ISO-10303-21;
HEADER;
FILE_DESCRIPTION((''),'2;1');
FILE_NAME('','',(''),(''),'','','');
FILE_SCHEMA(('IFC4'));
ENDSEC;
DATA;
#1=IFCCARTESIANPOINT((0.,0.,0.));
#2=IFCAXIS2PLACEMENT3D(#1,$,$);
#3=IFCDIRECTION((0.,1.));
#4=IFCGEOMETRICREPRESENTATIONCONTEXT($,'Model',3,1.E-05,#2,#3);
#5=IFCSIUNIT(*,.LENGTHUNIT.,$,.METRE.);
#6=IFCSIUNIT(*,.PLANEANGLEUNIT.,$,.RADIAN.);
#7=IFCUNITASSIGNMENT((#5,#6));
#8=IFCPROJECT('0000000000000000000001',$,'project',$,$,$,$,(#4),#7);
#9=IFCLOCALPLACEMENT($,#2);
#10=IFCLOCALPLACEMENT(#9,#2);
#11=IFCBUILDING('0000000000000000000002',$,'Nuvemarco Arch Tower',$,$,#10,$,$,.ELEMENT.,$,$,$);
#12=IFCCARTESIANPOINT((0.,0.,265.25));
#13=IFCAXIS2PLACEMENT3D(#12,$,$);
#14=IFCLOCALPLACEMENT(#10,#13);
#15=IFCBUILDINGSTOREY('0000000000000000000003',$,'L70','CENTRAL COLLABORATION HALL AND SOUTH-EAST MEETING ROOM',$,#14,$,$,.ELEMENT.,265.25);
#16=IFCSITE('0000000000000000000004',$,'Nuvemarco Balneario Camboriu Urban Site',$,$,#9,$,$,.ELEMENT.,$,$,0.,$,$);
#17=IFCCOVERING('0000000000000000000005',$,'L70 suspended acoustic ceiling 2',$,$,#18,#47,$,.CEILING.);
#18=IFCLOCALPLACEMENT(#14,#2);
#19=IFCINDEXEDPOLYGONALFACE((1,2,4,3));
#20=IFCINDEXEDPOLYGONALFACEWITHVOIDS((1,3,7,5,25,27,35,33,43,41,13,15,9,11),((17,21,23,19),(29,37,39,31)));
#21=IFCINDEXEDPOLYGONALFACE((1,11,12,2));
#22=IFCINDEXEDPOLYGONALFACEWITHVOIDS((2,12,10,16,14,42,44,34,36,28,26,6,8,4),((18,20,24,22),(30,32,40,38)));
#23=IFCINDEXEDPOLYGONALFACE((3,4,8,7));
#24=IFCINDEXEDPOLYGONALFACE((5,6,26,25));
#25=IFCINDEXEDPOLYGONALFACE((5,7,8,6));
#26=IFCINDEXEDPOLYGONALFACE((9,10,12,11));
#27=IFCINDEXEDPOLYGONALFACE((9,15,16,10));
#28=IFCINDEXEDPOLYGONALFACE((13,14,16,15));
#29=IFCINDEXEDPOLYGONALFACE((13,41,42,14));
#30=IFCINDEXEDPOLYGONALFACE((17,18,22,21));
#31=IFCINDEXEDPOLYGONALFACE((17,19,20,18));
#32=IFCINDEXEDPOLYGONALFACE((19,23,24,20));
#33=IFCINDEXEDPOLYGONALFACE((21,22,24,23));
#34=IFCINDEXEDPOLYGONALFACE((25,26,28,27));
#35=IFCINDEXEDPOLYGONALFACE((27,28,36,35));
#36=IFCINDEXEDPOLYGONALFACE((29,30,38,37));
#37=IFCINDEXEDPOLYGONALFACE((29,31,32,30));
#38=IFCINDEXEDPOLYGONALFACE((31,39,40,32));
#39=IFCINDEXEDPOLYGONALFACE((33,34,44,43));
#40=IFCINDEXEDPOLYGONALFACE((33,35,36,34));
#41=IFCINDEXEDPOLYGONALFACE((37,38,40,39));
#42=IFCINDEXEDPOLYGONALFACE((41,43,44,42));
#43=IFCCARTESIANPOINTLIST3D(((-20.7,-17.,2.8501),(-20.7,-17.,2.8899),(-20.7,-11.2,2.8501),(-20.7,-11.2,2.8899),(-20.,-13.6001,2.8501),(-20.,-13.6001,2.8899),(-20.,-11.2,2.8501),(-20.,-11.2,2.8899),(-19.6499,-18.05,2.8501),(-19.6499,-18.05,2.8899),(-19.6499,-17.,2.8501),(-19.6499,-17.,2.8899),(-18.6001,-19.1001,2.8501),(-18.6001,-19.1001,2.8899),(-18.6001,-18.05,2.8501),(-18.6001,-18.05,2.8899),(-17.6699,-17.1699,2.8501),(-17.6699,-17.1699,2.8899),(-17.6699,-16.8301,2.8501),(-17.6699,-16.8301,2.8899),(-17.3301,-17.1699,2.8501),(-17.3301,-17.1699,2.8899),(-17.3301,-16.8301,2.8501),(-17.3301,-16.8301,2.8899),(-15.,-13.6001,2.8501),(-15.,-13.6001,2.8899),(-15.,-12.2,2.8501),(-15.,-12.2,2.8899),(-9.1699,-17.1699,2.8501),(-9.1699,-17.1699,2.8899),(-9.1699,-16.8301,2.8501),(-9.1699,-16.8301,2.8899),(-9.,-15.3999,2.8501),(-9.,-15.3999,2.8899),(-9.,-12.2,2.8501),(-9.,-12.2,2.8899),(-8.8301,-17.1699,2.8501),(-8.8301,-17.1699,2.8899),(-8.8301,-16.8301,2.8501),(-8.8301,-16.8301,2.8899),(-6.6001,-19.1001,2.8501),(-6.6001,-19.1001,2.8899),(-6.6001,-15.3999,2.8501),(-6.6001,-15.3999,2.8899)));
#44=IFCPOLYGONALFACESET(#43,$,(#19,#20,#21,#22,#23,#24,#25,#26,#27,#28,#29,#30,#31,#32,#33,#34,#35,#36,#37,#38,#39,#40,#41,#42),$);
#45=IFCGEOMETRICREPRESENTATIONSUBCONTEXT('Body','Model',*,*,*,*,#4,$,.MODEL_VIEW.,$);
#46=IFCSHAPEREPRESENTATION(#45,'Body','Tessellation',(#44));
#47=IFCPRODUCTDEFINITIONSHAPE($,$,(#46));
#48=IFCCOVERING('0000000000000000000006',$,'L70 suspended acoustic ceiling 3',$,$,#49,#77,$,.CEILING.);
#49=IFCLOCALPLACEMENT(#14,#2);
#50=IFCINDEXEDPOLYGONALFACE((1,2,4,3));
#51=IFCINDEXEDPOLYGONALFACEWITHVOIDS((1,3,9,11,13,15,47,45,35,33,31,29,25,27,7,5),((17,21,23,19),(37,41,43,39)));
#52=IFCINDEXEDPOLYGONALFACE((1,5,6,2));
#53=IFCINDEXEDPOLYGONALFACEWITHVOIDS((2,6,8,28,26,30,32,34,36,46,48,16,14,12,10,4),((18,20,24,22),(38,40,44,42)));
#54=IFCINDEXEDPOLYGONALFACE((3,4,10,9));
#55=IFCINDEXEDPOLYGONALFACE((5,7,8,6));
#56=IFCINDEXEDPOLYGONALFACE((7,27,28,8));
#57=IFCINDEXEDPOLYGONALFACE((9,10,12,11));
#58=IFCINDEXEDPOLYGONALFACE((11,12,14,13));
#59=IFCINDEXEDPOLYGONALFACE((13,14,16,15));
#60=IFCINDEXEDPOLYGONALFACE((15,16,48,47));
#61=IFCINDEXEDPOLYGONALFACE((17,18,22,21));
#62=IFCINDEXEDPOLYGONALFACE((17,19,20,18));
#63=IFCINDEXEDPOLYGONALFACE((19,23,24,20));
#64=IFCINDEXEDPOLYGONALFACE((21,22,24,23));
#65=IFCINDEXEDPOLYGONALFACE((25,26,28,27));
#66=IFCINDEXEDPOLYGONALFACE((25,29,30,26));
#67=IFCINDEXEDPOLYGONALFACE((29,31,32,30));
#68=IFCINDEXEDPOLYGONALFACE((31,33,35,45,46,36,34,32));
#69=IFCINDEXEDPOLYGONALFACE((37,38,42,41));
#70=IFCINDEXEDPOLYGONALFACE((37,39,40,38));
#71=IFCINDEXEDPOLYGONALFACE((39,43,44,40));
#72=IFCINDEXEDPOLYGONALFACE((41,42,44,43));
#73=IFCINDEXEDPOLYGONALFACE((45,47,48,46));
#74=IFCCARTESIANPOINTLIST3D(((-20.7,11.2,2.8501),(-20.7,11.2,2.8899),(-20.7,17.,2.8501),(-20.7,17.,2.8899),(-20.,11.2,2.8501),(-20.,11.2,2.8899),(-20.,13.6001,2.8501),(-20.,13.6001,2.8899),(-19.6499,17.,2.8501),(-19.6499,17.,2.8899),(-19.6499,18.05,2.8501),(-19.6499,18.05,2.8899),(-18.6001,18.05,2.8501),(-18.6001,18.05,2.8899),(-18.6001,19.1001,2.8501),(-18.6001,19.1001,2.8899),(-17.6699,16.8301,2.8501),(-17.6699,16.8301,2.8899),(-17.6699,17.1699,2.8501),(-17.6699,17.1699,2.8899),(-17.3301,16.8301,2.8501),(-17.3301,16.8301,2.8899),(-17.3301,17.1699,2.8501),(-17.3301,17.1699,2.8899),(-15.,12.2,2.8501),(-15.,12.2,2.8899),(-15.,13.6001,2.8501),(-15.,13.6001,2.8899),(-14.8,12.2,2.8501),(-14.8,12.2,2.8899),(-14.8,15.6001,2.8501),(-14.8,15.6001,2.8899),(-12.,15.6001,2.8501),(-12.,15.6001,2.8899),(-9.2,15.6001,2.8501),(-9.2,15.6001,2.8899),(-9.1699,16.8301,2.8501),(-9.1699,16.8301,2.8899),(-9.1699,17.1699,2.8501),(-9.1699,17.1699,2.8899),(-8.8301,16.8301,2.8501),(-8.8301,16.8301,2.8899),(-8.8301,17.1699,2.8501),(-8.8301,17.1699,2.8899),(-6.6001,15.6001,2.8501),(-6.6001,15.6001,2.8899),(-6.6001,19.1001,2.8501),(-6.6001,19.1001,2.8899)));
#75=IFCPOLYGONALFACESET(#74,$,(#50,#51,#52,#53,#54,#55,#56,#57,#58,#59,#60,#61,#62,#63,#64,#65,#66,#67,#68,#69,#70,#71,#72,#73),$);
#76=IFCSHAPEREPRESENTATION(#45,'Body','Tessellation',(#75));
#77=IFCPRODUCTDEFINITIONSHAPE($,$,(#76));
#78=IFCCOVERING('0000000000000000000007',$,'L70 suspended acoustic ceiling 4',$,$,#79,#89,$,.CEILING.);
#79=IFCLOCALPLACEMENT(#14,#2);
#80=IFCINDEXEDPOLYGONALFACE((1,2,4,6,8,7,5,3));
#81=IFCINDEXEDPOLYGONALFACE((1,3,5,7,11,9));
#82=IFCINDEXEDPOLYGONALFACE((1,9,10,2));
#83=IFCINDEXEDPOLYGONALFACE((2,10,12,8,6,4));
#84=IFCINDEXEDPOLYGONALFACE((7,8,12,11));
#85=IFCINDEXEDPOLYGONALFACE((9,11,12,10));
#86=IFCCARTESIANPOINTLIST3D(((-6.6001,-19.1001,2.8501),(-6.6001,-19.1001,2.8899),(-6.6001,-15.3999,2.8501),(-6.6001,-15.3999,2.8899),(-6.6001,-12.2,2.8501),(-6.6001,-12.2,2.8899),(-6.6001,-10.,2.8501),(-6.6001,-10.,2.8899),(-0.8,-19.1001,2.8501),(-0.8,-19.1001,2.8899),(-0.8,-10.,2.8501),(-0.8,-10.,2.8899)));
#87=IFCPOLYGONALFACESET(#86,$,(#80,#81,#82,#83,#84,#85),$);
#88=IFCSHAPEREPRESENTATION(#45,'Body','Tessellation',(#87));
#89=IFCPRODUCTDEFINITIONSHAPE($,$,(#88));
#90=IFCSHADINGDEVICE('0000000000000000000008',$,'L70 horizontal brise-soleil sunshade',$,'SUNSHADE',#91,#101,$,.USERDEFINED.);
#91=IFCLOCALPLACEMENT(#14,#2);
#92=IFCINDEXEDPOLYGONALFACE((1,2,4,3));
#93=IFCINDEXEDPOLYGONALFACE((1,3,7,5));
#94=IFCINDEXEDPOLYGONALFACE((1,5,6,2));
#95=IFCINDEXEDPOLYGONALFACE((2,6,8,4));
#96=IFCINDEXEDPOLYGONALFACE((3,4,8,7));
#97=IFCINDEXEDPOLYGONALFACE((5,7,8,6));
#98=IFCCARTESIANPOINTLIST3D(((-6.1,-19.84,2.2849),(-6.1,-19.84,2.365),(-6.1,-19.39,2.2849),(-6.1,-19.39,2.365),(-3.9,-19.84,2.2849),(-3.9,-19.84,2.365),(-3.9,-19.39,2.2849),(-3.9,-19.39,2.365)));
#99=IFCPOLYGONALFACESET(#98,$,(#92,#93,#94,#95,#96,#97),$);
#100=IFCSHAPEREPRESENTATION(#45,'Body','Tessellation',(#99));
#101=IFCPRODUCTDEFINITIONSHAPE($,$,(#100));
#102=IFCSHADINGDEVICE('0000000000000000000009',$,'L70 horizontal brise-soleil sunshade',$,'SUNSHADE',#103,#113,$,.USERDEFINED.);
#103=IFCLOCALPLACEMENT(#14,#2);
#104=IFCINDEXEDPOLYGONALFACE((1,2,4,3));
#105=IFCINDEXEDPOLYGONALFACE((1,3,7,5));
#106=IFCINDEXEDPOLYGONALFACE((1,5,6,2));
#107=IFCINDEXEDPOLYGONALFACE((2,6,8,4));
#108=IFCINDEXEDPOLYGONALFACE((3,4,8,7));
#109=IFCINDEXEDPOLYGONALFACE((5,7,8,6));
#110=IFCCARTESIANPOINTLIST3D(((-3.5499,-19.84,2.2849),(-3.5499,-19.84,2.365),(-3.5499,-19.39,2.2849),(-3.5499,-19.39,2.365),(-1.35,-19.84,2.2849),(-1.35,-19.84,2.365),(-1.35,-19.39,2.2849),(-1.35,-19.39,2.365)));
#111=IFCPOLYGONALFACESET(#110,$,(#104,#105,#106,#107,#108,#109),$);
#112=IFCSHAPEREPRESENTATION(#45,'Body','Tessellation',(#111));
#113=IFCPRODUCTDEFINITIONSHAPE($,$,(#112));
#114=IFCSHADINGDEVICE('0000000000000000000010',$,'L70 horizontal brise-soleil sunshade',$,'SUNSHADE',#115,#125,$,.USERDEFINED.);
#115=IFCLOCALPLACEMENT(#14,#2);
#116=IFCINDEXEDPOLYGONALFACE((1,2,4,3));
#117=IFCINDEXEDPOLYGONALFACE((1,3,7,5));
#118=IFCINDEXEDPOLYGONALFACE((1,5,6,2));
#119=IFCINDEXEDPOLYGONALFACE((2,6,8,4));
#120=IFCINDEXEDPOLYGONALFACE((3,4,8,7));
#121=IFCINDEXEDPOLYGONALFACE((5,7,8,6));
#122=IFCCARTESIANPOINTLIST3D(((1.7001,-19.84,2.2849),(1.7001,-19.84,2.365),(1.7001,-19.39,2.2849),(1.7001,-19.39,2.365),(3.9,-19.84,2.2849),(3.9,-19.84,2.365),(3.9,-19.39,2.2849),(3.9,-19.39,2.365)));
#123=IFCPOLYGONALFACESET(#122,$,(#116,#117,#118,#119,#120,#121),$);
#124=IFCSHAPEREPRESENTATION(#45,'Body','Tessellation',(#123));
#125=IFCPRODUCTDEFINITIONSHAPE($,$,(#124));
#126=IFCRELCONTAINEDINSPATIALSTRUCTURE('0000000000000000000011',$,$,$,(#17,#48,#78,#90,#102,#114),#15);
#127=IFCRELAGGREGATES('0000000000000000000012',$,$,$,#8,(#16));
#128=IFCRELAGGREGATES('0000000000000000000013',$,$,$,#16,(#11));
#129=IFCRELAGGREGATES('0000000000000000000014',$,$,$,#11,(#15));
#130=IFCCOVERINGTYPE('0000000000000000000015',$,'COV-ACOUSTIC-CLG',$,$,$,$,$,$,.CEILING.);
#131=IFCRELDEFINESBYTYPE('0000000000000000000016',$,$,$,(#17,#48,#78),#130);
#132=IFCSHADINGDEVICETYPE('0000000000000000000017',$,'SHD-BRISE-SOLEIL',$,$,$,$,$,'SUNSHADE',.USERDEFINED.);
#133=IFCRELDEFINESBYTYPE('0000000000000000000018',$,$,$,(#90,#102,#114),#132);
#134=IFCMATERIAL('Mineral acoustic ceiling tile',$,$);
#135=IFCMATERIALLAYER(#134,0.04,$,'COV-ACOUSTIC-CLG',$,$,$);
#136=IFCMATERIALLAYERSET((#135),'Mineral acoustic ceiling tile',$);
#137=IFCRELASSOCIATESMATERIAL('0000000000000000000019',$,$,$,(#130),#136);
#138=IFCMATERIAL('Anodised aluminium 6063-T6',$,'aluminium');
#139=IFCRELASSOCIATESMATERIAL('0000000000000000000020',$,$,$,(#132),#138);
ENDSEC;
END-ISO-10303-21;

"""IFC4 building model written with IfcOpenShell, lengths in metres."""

from ifc_helpers import new_model, si_unit, direction, frame, origin, origin_2d, place, context, subcontext, project, spatial, polyline, rectangle, outline, extrude, source, transform, mapped, material, layer, layer_set, type_object, type_shapes, element, save


model = new_model("IFC4")

# Units and contexts
model_context = context("Model", 3, precision=1e-05, world=origin(), true_north=direction((0.0, 1.0)))
body_context = subcontext(model_context, "Body", "Model", "MODEL_VIEW")
ifc_project = project(units=[si_unit("LENGTHUNIT", "METRE"), si_unit("PLANEANGLEUNIT", "RADIAN")], contexts=[model_context])

# Site, building, storey
site_placement = place(None, origin())
site = spatial("IfcSite", under=ifc_project, at=site_placement, Name="Nuvemarco Balneario Camboriu Urban Site", CompositionType="ELEMENT", RefElevation=0.0)
building_placement = place(site_placement, origin())
building = spatial("IfcBuilding", under=site, at=building_placement, Name="Nuvemarco Arch Tower", CompositionType="ELEMENT")
storey_placement = place(building_placement, frame((0.0, 0.0, 265.25)))
storey = spatial("IfcBuildingStorey", under=building, at=storey_placement, Name="L70", Description="CENTRAL COLLABORATION HALL AND SOUTH-EAST MEETING ROOM", CompositionType="ELEMENT", Elevation=265.25)

# Coverings
ifc_material_1 = material(Name="Mineral acoustic ceiling tile")
ifc_layer_1 = layer(ifc_material_1, 0.04, Name="COV-ACOUSTIC-CLG")
ifc_layer_set_1 = layer_set([ifc_layer_1], Name="Mineral acoustic ceiling tile")
covering_type = type_object("IfcCoveringType", Name="COV-ACOUSTIC-CLG", PredefinedType="CEILING", material=ifc_layer_set_1)
covering_1_placement = place(storey_placement, frame((0.0, 0.0, 2.8501)))
element("IfcCovering", 1, at=covering_1_placement, inside=storey, type_object=covering_type, Name="L70 suspended acoustic ceiling 2", PredefinedType="CEILING", context=body_context, shape_type="SweptSolid", body=[
    extrude(outline(polyline([(-20.7, -17.0), (-20.7, -11.2), (-20.0, -11.2), (-20.0, -13.6001), (-15.0, -13.6001), (-15.0, -12.2), (-9.0, -12.2), (-9.0, -15.3999), (-6.6001, -15.3999), (-6.6001, -19.1001), (-18.6001, -19.1001), (-18.6001, -18.05), (-19.6499, -18.05), (-19.6499, -17.0), (-20.7, -17.0)]), holes=[polyline([(-17.3301, -16.8301), (-17.6699, -16.8301), (-17.6699, -17.1699), (-17.3301, -17.1699), (-17.3301, -16.8301)]), polyline([(-8.8301, -16.8301), (-9.1699, -16.8301), (-9.1699, -17.1699), (-8.8301, -17.1699), (-8.8301, -16.8301)])]), origin(), (0.0, 0.0, 1.0), 0.0398),
])
covering_2_placement = place(storey_placement, frame((0.0, 0.0, 2.8501)))
element("IfcCovering", 2, at=covering_2_placement, inside=storey, type_object=covering_type, Name="L70 suspended acoustic ceiling 3", PredefinedType="CEILING", context=body_context, shape_type="SweptSolid", body=[
    extrude(outline(polyline([(-15.0, 12.2), (-15.0, 13.6001), (-20.0, 13.6001), (-20.0, 11.2), (-20.7, 11.2), (-20.7, 17.0), (-19.6499, 17.0), (-19.6499, 18.05), (-18.6001, 18.05), (-18.6001, 19.1001), (-6.6001, 19.1001), (-6.6001, 15.6001), (-9.2, 15.6001), (-12.0, 15.6001), (-14.8, 15.6001), (-14.8, 12.2), (-15.0, 12.2)]), holes=[polyline([(-17.3301, 17.1699), (-17.6699, 17.1699), (-17.6699, 16.8301), (-17.3301, 16.8301), (-17.3301, 17.1699)]), polyline([(-8.8301, 17.1699), (-9.1699, 17.1699), (-9.1699, 16.8301), (-8.8301, 16.8301), (-8.8301, 17.1699)])]), origin(), (0.0, 0.0, 1.0), 0.0398),
])
covering_3_placement = place(storey_placement, frame((0.0, 0.0, 2.8501)))
element("IfcCovering", 3, at=covering_3_placement, inside=storey, type_object=covering_type, Name="L70 suspended acoustic ceiling 4", PredefinedType="CEILING", context=body_context, shape_type="SweptSolid", body=[
    extrude(outline(polyline([(-6.6001, -10.0), (-0.8, -10.0), (-0.8, -19.1001), (-6.6001, -19.1001), (-6.6001, -15.3999), (-6.6001, -12.2), (-6.6001, -10.0)])), origin(), (0.0, 0.0, 1.0), 0.0398),
])

# Shading devices
ifc_material_2 = material(Name="Anodised aluminium 6063-T6", Category="aluminium")
shading_device_type = type_object("IfcShadingDeviceType", Name="SHD-BRISE-SOLEIL", ElementType="SUNSHADE", PredefinedType="USERDEFINED", material=ifc_material_2)
shared_shape_1 = source(origin(), body_context, "Body", "SweptSolid", [
    extrude(rectangle(XDim=2.2, YDim=0.45, at=origin_2d()), origin(), (0.0, 0.0, 1.0), 0.0801),
])
type_shapes(shading_device_type, [shared_shape_1])
for number, where, z_axis, x_axis, name in (
    (4, (-5.0, -19.615, 2.2849), (0.0, 0.0, 1.0), (1.0, 0.0, 0.0), "L70 horizontal brise-soleil sunshade"),
    (5, (-2.45, -19.615, 2.2849), (0.0, 0.0, 1.0), (1.0, 0.0, 0.0), "L70 horizontal brise-soleil sunshade"),
    (6, (2.8, -19.615, 2.2849), (0.0, 0.0, 1.0), (1.0, 0.0, 0.0), "L70 horizontal brise-soleil sunshade"),
):
    element("IfcShadingDevice", number, at=place(storey_placement, frame(where, z_axis=z_axis, x_axis=x_axis)), inside=storey, type_object=shading_device_type, Name=name, ObjectType="SUNSHADE", PredefinedType="USERDEFINED", context=body_context, shape_type="MappedRepresentation", body=[
        mapped(shared_shape_1, transform((0.0, 0.0, 0.0), scale=1.0)),
    ])

save(model, "model.ifc")
